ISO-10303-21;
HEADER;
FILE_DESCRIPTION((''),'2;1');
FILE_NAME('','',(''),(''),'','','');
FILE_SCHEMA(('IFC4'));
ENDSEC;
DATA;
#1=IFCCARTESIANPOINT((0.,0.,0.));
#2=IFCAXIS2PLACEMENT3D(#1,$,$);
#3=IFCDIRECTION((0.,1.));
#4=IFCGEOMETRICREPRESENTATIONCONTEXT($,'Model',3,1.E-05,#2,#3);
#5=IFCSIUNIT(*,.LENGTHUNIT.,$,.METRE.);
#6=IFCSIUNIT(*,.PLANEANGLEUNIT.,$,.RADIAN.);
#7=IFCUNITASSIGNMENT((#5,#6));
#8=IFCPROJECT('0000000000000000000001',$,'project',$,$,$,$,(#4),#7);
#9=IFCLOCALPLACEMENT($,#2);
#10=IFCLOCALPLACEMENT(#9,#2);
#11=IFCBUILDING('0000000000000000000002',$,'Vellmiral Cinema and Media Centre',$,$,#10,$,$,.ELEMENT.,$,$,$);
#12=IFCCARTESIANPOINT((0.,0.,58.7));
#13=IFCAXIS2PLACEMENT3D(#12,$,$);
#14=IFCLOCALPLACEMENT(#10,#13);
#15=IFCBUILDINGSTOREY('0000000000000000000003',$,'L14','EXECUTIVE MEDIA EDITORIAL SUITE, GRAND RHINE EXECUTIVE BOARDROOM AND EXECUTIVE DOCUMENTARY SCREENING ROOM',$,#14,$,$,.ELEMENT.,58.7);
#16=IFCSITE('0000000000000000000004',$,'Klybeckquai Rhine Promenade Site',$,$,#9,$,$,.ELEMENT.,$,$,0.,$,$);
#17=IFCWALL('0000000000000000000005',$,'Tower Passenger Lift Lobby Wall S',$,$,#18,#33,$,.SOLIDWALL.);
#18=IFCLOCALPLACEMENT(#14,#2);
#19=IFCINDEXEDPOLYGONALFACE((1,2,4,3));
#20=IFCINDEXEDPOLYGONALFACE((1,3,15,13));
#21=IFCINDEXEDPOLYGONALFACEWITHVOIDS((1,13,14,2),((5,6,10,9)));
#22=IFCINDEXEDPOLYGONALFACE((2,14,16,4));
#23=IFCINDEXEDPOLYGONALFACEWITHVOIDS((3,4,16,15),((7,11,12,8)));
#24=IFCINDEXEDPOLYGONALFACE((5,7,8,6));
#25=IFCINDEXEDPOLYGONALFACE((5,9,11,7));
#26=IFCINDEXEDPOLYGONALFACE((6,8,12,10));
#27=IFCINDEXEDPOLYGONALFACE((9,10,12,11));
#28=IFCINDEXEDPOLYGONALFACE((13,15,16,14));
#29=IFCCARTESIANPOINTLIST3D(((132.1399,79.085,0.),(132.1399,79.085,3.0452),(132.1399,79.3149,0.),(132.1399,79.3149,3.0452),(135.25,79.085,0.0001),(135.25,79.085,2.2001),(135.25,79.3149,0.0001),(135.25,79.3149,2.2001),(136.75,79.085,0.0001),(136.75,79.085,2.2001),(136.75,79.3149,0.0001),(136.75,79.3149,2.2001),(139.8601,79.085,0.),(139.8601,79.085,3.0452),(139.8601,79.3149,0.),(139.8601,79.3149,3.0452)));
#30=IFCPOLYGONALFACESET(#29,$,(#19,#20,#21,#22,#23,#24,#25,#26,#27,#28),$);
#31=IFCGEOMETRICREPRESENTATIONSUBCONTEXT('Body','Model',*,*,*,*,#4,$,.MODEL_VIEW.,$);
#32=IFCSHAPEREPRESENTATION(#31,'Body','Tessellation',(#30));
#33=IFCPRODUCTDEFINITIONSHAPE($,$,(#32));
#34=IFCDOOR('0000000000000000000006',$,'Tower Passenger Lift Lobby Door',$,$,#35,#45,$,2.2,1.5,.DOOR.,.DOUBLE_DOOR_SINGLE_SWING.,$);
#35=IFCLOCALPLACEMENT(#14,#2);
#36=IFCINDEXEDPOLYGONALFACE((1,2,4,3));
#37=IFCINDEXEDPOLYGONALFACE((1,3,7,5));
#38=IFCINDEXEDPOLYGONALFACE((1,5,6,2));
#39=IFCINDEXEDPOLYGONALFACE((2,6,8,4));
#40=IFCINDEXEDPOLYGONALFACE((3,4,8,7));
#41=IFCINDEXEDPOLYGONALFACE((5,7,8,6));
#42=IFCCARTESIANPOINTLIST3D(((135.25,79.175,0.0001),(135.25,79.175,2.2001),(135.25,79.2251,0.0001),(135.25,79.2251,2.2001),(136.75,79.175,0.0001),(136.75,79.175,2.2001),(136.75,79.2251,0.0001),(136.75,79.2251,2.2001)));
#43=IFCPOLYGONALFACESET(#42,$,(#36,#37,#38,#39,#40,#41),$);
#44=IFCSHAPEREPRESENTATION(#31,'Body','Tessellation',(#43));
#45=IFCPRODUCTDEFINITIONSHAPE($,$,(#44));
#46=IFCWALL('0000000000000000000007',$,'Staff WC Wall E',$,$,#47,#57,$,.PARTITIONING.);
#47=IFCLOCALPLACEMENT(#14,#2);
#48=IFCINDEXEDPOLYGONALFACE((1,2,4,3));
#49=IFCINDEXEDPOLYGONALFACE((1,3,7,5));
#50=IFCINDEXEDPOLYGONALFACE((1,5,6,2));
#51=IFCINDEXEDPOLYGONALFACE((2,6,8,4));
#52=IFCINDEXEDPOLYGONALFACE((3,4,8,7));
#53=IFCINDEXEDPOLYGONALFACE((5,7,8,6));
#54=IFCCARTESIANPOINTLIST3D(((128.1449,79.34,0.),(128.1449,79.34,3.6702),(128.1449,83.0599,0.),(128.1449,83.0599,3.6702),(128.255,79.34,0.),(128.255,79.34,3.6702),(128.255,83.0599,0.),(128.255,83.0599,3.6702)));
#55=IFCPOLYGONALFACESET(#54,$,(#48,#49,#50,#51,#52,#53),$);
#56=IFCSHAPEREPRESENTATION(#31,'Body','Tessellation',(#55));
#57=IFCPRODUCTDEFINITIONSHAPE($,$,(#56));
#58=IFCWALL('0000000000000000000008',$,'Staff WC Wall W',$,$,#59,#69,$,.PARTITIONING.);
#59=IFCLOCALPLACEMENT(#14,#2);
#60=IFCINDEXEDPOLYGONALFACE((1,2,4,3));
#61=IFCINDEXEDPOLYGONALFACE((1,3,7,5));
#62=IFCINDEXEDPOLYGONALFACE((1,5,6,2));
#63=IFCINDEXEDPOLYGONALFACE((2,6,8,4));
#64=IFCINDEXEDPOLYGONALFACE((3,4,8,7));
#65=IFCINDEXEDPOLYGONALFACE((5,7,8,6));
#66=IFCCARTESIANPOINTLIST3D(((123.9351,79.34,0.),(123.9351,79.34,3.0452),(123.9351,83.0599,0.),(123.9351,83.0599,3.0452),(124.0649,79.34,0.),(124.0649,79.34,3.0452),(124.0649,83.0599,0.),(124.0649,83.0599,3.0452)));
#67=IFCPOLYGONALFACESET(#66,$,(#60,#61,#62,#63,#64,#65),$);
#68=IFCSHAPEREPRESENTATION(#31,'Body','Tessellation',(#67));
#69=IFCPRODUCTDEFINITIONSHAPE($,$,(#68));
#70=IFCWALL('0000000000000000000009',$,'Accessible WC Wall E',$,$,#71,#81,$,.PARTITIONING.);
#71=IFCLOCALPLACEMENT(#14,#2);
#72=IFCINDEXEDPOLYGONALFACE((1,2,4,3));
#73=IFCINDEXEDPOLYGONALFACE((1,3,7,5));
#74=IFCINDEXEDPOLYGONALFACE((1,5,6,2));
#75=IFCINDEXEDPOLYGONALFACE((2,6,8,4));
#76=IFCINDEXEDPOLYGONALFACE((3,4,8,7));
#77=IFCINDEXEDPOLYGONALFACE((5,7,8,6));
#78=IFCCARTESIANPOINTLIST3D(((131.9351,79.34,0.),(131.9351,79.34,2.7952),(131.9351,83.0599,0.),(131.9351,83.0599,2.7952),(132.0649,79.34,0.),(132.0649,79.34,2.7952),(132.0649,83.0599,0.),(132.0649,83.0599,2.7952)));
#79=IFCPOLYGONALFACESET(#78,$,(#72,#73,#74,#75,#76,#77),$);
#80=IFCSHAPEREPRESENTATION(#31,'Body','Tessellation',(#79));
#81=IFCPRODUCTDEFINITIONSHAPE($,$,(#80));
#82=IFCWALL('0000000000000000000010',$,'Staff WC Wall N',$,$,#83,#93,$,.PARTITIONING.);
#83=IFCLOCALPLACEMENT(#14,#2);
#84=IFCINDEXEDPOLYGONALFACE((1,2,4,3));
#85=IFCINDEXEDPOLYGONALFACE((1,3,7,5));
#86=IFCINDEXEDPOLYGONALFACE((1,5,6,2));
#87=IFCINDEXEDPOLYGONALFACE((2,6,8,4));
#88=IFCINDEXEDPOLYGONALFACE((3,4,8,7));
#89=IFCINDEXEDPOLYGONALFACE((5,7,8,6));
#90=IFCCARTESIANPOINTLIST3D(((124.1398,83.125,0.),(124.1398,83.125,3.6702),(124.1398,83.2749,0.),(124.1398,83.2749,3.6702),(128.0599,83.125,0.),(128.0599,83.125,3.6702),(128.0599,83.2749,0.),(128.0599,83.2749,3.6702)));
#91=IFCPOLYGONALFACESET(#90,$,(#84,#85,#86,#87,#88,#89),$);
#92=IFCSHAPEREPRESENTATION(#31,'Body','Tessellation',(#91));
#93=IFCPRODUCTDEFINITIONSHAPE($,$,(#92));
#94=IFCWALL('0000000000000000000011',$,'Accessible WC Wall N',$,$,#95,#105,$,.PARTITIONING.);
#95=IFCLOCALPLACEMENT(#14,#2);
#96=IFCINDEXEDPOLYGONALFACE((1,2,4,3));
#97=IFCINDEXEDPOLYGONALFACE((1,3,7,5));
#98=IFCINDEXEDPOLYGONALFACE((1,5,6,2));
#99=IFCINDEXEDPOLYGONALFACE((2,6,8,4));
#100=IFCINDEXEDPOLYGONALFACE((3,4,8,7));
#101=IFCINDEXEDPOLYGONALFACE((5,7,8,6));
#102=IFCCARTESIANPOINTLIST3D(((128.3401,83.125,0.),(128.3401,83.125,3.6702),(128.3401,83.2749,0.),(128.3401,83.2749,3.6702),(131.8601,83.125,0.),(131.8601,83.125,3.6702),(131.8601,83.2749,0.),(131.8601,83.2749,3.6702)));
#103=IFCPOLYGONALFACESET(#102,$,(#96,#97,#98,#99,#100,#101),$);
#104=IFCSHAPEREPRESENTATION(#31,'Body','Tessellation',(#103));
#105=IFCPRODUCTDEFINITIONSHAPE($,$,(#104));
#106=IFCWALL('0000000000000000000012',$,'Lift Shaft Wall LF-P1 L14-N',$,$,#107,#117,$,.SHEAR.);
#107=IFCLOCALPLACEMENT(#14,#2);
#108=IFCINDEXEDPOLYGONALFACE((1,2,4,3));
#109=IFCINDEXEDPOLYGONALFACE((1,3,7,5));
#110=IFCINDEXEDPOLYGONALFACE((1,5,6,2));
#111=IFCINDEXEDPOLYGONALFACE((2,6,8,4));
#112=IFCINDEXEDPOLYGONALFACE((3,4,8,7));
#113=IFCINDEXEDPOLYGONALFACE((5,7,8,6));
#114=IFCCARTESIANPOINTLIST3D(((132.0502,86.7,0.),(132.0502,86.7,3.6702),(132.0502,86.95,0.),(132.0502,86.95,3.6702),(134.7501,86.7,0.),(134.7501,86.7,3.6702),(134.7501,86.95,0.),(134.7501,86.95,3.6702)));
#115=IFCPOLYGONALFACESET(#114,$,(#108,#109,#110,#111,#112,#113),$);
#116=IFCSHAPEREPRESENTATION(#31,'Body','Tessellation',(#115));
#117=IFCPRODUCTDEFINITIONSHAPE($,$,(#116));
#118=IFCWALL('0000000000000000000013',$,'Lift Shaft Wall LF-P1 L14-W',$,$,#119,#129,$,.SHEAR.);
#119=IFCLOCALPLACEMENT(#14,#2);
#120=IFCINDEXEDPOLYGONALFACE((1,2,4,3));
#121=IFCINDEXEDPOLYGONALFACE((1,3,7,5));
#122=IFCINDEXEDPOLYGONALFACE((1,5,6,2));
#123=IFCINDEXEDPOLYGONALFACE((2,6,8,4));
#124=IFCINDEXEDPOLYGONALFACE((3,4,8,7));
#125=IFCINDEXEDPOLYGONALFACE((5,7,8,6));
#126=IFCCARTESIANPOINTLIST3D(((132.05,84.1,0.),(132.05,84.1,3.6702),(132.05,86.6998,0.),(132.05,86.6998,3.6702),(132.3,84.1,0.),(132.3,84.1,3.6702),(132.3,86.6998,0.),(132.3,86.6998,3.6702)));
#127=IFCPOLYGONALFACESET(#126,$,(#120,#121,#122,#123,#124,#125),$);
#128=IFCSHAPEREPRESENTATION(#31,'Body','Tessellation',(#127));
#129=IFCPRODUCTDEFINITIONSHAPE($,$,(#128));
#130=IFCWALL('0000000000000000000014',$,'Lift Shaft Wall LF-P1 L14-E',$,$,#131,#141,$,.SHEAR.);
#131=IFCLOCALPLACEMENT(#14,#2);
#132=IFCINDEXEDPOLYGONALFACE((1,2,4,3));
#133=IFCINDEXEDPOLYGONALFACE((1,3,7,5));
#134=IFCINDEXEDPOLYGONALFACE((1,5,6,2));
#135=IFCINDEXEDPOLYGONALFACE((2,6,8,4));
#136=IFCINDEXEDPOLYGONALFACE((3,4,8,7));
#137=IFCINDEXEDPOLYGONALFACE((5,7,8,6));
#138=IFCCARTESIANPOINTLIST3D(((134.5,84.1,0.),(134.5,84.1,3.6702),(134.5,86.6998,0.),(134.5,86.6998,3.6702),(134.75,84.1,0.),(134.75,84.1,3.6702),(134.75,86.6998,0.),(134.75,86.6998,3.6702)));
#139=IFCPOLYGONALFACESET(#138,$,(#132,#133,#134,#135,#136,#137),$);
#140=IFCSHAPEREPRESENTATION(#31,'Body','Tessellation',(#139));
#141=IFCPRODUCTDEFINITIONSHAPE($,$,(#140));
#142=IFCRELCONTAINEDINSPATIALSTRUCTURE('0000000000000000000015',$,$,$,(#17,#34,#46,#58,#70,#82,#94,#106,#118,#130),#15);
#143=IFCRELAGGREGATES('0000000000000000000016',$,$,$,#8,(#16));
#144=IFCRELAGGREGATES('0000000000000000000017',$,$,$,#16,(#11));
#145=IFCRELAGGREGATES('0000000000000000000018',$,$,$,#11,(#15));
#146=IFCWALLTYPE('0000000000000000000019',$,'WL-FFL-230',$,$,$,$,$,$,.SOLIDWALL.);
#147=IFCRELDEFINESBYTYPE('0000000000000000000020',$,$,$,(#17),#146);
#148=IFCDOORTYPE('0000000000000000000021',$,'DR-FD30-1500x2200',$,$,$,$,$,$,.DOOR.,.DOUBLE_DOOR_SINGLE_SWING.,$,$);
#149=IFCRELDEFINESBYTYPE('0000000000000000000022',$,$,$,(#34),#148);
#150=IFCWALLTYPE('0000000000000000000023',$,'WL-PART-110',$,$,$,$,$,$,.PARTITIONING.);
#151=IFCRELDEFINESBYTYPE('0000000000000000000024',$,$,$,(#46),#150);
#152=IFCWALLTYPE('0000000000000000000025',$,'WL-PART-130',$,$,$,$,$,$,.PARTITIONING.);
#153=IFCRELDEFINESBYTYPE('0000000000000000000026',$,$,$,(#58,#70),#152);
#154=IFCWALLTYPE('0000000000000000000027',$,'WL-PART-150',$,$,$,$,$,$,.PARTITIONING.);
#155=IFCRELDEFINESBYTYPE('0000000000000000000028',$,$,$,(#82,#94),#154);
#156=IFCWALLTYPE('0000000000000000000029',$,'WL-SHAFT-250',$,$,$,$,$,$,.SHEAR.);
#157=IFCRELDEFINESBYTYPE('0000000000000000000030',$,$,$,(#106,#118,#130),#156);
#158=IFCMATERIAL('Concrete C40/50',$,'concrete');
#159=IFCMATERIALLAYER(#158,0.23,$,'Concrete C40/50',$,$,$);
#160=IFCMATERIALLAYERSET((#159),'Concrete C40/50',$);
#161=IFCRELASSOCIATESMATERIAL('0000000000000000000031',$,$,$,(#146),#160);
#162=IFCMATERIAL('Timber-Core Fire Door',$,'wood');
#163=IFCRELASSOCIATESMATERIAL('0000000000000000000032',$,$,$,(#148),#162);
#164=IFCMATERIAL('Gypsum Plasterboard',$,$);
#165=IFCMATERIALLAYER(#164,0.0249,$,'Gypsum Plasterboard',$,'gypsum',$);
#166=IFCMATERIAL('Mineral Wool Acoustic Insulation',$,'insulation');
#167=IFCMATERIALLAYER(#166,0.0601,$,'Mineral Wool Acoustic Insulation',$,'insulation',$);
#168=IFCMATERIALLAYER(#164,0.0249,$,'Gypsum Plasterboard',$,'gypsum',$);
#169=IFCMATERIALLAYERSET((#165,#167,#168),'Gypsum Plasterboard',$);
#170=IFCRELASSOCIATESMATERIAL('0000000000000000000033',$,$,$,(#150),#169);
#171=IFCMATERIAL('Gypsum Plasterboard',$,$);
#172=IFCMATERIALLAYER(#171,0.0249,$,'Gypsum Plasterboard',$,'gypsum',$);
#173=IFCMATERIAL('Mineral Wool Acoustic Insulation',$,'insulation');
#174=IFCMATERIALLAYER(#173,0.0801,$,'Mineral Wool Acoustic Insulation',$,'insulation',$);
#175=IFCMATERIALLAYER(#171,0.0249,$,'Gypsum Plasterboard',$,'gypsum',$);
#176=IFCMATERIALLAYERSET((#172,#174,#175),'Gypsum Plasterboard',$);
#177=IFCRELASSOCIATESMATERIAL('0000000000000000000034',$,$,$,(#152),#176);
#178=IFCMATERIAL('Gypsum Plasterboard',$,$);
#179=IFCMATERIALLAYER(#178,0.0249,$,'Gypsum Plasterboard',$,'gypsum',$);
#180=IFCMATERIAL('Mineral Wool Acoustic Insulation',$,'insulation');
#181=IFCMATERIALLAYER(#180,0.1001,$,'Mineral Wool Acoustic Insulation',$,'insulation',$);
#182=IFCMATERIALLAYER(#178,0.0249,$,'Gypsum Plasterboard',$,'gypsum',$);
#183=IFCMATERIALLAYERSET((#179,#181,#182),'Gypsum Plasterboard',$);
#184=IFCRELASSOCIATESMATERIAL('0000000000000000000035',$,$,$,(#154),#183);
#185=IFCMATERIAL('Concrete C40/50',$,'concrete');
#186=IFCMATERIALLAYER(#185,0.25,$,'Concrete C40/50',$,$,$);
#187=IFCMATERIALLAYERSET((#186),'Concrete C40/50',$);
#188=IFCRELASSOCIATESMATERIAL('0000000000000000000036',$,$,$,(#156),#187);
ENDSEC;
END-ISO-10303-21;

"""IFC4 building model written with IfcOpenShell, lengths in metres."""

from ifc_helpers import new_model, si_unit, direction, frame, frame_2d, origin, place, context, subcontext, project, spatial, rectangle, extrude, material, layer, layer_set, type_object, element, fill, save


model = new_model("IFC4")

# Units and contexts
model_context = context("Model", 3, precision=1e-05, world=origin(), true_north=direction((0.0, 1.0)))
body_context = subcontext(model_context, "Body", "Model", "MODEL_VIEW")
ifc_project = project(units=[si_unit("LENGTHUNIT", "METRE"), si_unit("PLANEANGLEUNIT", "RADIAN")], contexts=[model_context])

# Site, building, storey
site_placement = place(None, origin())
site = spatial("IfcSite", under=ifc_project, at=site_placement, Name="Klybeckquai Rhine Promenade Site", CompositionType="ELEMENT", RefElevation=0.0)
building_placement = place(site_placement, origin())
building = spatial("IfcBuilding", under=site, at=building_placement, Name="Vellmiral Cinema and Media Centre", CompositionType="ELEMENT")
storey_placement = place(building_placement, frame((0.0, 0.0, 58.7)))
storey = spatial("IfcBuildingStorey", under=building, at=storey_placement, Name="L14", Description="EXECUTIVE MEDIA EDITORIAL SUITE, GRAND RHINE EXECUTIVE BOARDROOM AND EXECUTIVE DOCUMENTARY SCREENING ROOM", CompositionType="ELEMENT", Elevation=58.7)

# Wall, opening, door
ifc_material_1 = material(Name="Concrete C40/50", Category="concrete")
ifc_layer_1 = layer(ifc_material_1, 0.23, Name="Concrete C40/50")
ifc_layer_set_1 = layer_set([ifc_layer_1], Name="Concrete C40/50")
wall_type_1 = type_object("IfcWallType", Name="WL-FFL-230", PredefinedType="SOLIDWALL", material=ifc_layer_set_1)
wall_1_placement = place(storey_placement, frame((132.1399, 79.2, 0.0), z_axis=(0.0, 0.0, 1.0), x_axis=(1.0, 0.0, 0.0)))
wall_1 = element("IfcWall", 1, at=wall_1_placement, inside=storey, type_object=wall_type_1, Name="Tower Passenger Lift Lobby Wall S", PredefinedType="SOLIDWALL", context=body_context, shape_type="SweptSolid", body=[
    extrude(rectangle(XDim=7.7202, YDim=0.23, at=frame_2d((3.8601, 0.0))), origin(), (0.0, 0.0, 1.0), 3.0452),
])
opening_1_placement = place(wall_1_placement, frame((3.1101, 0.0, 0.0)))
opening_1 = element("IfcOpeningElement", 2, at=opening_1_placement, cuts=wall_1, PredefinedType="OPENING", context=body_context, shape_type="SweptSolid", body=[
    extrude(rectangle(XDim=1.5, YDim=2.2, at=frame_2d((0.75, 1.1001))), frame((0.0, 0.127, 0.0), z_axis=(0.0, -1.0, 0.0), x_axis=(1.0, 0.0, 0.0)), (0.0, 0.0, 1.0), 0.2539),
])
ifc_material_2 = material(Name="Timber-Core Fire Door", Category="wood")
door_type_1 = type_object("IfcDoorType", Name="DR-FD30-1500x2200", OperationType="DOUBLE_DOOR_SINGLE_SWING", PredefinedType="DOOR", material=ifc_material_2)
door_1_placement = place(opening_1_placement, frame((1.5, 0.0, 0.0), z_axis=(0.0, 0.0, 1.0), x_axis=(-1.0, 0.0, 0.0)))
door_1 = element("IfcDoor", 3, at=door_1_placement, inside=storey, type_object=door_type_1, Name="Tower Passenger Lift Lobby Door", OperationType="DOUBLE_DOOR_SINGLE_SWING", OverallHeight=2.2, OverallWidth=1.5, PredefinedType="DOOR", context=body_context, shape_type="SweptSolid", body=[
    extrude(rectangle(XDim=1.5, YDim=2.2, at=frame_2d((0.75, 1.1001))), frame((0.0, 0.0249, 0.0), z_axis=(0.0, -1.0, 0.0), x_axis=(1.0, 0.0, 0.0)), (0.0, 0.0, 1.0), 0.05),
])
fill(opening_1, door_1)

# Walls
ifc_material_3 = material(Name="Gypsum Plasterboard")
ifc_layer_2 = layer(ifc_material_3, 0.0249, Name="Gypsum Plasterboard", Category="gypsum")
ifc_material_4 = material(Name="Mineral Wool Acoustic Insulation", Category="insulation")
ifc_layer_3 = layer(ifc_material_4, 0.0601, Name="Mineral Wool Acoustic Insulation", Category="insulation")
ifc_layer_4 = layer(ifc_material_3, 0.0249, Name="Gypsum Plasterboard", Category="gypsum")
ifc_layer_set_2 = layer_set([ifc_layer_2, ifc_layer_3, ifc_layer_4], Name="Gypsum Plasterboard")
wall_type_2 = type_object("IfcWallType", Name="WL-PART-110", PredefinedType="PARTITIONING", material=ifc_layer_set_2)
wall_2_placement = place(storey_placement, frame((128.2, 79.3401, 0.0), z_axis=(0.0, 0.0, 1.0), x_axis=(0.0, 1.0, 0.0)))
element("IfcWall", 4, at=wall_2_placement, inside=storey, type_object=wall_type_2, Name="Staff WC Wall E", PredefinedType="PARTITIONING", context=body_context, shape_type="SweptSolid", body=[
    extrude(rectangle(XDim=3.72, YDim=0.1101, at=frame_2d((1.8599, 0.0))), origin(), (0.0, 0.0, 1.0), 3.6702),
])
ifc_material_5 = material(Name="Gypsum Plasterboard")
ifc_layer_5 = layer(ifc_material_5, 0.0249, Name="Gypsum Plasterboard", Category="gypsum")
ifc_material_6 = material(Name="Mineral Wool Acoustic Insulation", Category="insulation")
ifc_layer_6 = layer(ifc_material_6, 0.0801, Name="Mineral Wool Acoustic Insulation", Category="insulation")
ifc_layer_7 = layer(ifc_material_5, 0.0249, Name="Gypsum Plasterboard", Category="gypsum")
ifc_layer_set_3 = layer_set([ifc_layer_5, ifc_layer_6, ifc_layer_7], Name="Gypsum Plasterboard")
wall_type_3 = type_object("IfcWallType", Name="WL-PART-130", PredefinedType="PARTITIONING", material=ifc_layer_set_3)
wall_3_placement = place(storey_placement, frame((124.0, 79.3401, 0.0), z_axis=(0.0, 0.0, 1.0), x_axis=(0.0, 1.0, 0.0)))
element("IfcWall", 5, at=wall_3_placement, inside=storey, type_object=wall_type_3, Name="Staff WC Wall W", PredefinedType="PARTITIONING", context=body_context, shape_type="SweptSolid", body=[
    extrude(rectangle(XDim=3.72, YDim=0.1299, at=frame_2d((1.8599, 0.0))), origin(), (0.0, 0.0, 1.0), 3.0452),
])
wall_4_placement = place(storey_placement, frame((132.0, 79.3401, 0.0), z_axis=(0.0, 0.0, 1.0), x_axis=(0.0, 1.0, 0.0)))
element("IfcWall", 6, at=wall_4_placement, inside=storey, type_object=wall_type_3, Name="Accessible WC Wall E", PredefinedType="PARTITIONING", context=body_context, shape_type="SweptSolid", body=[
    extrude(rectangle(XDim=3.72, YDim=0.1299, at=frame_2d((1.8599, 0.0))), origin(), (0.0, 0.0, 1.0), 2.7952),
])
ifc_material_7 = material(Name="Gypsum Plasterboard")
ifc_layer_8 = layer(ifc_material_7, 0.0249, Name="Gypsum Plasterboard", Category="gypsum")
ifc_material_8 = material(Name="Mineral Wool Acoustic Insulation", Category="insulation")
ifc_layer_9 = layer(ifc_material_8, 0.1001, Name="Mineral Wool Acoustic Insulation", Category="insulation")
ifc_layer_10 = layer(ifc_material_7, 0.0249, Name="Gypsum Plasterboard", Category="gypsum")
ifc_layer_set_4 = layer_set([ifc_layer_8, ifc_layer_9, ifc_layer_10], Name="Gypsum Plasterboard")
wall_type_4 = type_object("IfcWallType", Name="WL-PART-150", PredefinedType="PARTITIONING", material=ifc_layer_set_4)
wall_5_placement = place(storey_placement, frame((124.1399, 83.2, 0.0), z_axis=(0.0, 0.0, 1.0), x_axis=(1.0, 0.0, 0.0)))
element("IfcWall", 7, at=wall_5_placement, inside=storey, type_object=wall_type_4, Name="Staff WC Wall N", PredefinedType="PARTITIONING", context=body_context, shape_type="SweptSolid", body=[
    extrude(rectangle(XDim=3.9202, YDim=0.1499, at=frame_2d((1.96, 0.0))), origin(), (0.0, 0.0, 1.0), 3.6702),
])
wall_6_placement = place(storey_placement, frame((128.3401, 83.2, 0.0), z_axis=(0.0, 0.0, 1.0), x_axis=(1.0, 0.0, 0.0)))
element("IfcWall", 8, at=wall_6_placement, inside=storey, type_object=wall_type_4, Name="Accessible WC Wall N", PredefinedType="PARTITIONING", context=body_context, shape_type="SweptSolid", body=[
    extrude(rectangle(XDim=3.52, YDim=0.1499, at=frame_2d((1.76, 0.0))), origin(), (0.0, 0.0, 1.0), 3.6702),
])

# Shared definitions
ifc_material_9 = material(Name="Concrete C40/50", Category="concrete")
ifc_layer_11 = layer(ifc_material_9, 0.25, Name="Concrete C40/50")
ifc_layer_set_5 = layer_set([ifc_layer_11], Name="Concrete C40/50")
wall_type_5 = type_object("IfcWallType", Name="WL-SHAFT-250", PredefinedType="SHEAR", material=ifc_layer_set_5)

# Walls
wall_7_placement = place(storey_placement, frame((132.05, 86.825, 0.0), z_axis=(0.0, 0.0, 1.0), x_axis=(1.0, 0.0, 0.0)))
element("IfcWall", 9, at=wall_7_placement, inside=storey, type_object=wall_type_5, Name="Lift Shaft Wall LF-P1 L14-N", PredefinedType="SHEAR", context=body_context, shape_type="SweptSolid", body=[
    extrude(rectangle(XDim=2.7, YDim=0.25, at=frame_2d((1.3501, 0.0))), origin(), (0.0, 0.0, 1.0), 3.6702),
])
for number, where, z_axis, x_axis, name in (
    (10, (132.175, 84.1001, 0.0), (0.0, 0.0, 1.0), (0.0, 1.0, 0.0), "Lift Shaft Wall LF-P1 L14-W"),
    (11, (134.625, 84.1001, 0.0), (0.0, 0.0, 1.0), (0.0, 1.0, 0.0), "Lift Shaft Wall LF-P1 L14-E"),
):
    element("IfcWall", number, at=place(storey_placement, frame(where, z_axis=z_axis, x_axis=x_axis)), inside=storey, type_object=wall_type_5, Name=name, PredefinedType="SHEAR", context=body_context, shape_type="SweptSolid", body=[
        extrude(rectangle(XDim=2.5999, YDim=0.25, at=frame_2d((1.2998, 0.0))), origin(), (0.0, 0.0, 1.0), 3.6702),
    ])

save(model, "model.ifc")
